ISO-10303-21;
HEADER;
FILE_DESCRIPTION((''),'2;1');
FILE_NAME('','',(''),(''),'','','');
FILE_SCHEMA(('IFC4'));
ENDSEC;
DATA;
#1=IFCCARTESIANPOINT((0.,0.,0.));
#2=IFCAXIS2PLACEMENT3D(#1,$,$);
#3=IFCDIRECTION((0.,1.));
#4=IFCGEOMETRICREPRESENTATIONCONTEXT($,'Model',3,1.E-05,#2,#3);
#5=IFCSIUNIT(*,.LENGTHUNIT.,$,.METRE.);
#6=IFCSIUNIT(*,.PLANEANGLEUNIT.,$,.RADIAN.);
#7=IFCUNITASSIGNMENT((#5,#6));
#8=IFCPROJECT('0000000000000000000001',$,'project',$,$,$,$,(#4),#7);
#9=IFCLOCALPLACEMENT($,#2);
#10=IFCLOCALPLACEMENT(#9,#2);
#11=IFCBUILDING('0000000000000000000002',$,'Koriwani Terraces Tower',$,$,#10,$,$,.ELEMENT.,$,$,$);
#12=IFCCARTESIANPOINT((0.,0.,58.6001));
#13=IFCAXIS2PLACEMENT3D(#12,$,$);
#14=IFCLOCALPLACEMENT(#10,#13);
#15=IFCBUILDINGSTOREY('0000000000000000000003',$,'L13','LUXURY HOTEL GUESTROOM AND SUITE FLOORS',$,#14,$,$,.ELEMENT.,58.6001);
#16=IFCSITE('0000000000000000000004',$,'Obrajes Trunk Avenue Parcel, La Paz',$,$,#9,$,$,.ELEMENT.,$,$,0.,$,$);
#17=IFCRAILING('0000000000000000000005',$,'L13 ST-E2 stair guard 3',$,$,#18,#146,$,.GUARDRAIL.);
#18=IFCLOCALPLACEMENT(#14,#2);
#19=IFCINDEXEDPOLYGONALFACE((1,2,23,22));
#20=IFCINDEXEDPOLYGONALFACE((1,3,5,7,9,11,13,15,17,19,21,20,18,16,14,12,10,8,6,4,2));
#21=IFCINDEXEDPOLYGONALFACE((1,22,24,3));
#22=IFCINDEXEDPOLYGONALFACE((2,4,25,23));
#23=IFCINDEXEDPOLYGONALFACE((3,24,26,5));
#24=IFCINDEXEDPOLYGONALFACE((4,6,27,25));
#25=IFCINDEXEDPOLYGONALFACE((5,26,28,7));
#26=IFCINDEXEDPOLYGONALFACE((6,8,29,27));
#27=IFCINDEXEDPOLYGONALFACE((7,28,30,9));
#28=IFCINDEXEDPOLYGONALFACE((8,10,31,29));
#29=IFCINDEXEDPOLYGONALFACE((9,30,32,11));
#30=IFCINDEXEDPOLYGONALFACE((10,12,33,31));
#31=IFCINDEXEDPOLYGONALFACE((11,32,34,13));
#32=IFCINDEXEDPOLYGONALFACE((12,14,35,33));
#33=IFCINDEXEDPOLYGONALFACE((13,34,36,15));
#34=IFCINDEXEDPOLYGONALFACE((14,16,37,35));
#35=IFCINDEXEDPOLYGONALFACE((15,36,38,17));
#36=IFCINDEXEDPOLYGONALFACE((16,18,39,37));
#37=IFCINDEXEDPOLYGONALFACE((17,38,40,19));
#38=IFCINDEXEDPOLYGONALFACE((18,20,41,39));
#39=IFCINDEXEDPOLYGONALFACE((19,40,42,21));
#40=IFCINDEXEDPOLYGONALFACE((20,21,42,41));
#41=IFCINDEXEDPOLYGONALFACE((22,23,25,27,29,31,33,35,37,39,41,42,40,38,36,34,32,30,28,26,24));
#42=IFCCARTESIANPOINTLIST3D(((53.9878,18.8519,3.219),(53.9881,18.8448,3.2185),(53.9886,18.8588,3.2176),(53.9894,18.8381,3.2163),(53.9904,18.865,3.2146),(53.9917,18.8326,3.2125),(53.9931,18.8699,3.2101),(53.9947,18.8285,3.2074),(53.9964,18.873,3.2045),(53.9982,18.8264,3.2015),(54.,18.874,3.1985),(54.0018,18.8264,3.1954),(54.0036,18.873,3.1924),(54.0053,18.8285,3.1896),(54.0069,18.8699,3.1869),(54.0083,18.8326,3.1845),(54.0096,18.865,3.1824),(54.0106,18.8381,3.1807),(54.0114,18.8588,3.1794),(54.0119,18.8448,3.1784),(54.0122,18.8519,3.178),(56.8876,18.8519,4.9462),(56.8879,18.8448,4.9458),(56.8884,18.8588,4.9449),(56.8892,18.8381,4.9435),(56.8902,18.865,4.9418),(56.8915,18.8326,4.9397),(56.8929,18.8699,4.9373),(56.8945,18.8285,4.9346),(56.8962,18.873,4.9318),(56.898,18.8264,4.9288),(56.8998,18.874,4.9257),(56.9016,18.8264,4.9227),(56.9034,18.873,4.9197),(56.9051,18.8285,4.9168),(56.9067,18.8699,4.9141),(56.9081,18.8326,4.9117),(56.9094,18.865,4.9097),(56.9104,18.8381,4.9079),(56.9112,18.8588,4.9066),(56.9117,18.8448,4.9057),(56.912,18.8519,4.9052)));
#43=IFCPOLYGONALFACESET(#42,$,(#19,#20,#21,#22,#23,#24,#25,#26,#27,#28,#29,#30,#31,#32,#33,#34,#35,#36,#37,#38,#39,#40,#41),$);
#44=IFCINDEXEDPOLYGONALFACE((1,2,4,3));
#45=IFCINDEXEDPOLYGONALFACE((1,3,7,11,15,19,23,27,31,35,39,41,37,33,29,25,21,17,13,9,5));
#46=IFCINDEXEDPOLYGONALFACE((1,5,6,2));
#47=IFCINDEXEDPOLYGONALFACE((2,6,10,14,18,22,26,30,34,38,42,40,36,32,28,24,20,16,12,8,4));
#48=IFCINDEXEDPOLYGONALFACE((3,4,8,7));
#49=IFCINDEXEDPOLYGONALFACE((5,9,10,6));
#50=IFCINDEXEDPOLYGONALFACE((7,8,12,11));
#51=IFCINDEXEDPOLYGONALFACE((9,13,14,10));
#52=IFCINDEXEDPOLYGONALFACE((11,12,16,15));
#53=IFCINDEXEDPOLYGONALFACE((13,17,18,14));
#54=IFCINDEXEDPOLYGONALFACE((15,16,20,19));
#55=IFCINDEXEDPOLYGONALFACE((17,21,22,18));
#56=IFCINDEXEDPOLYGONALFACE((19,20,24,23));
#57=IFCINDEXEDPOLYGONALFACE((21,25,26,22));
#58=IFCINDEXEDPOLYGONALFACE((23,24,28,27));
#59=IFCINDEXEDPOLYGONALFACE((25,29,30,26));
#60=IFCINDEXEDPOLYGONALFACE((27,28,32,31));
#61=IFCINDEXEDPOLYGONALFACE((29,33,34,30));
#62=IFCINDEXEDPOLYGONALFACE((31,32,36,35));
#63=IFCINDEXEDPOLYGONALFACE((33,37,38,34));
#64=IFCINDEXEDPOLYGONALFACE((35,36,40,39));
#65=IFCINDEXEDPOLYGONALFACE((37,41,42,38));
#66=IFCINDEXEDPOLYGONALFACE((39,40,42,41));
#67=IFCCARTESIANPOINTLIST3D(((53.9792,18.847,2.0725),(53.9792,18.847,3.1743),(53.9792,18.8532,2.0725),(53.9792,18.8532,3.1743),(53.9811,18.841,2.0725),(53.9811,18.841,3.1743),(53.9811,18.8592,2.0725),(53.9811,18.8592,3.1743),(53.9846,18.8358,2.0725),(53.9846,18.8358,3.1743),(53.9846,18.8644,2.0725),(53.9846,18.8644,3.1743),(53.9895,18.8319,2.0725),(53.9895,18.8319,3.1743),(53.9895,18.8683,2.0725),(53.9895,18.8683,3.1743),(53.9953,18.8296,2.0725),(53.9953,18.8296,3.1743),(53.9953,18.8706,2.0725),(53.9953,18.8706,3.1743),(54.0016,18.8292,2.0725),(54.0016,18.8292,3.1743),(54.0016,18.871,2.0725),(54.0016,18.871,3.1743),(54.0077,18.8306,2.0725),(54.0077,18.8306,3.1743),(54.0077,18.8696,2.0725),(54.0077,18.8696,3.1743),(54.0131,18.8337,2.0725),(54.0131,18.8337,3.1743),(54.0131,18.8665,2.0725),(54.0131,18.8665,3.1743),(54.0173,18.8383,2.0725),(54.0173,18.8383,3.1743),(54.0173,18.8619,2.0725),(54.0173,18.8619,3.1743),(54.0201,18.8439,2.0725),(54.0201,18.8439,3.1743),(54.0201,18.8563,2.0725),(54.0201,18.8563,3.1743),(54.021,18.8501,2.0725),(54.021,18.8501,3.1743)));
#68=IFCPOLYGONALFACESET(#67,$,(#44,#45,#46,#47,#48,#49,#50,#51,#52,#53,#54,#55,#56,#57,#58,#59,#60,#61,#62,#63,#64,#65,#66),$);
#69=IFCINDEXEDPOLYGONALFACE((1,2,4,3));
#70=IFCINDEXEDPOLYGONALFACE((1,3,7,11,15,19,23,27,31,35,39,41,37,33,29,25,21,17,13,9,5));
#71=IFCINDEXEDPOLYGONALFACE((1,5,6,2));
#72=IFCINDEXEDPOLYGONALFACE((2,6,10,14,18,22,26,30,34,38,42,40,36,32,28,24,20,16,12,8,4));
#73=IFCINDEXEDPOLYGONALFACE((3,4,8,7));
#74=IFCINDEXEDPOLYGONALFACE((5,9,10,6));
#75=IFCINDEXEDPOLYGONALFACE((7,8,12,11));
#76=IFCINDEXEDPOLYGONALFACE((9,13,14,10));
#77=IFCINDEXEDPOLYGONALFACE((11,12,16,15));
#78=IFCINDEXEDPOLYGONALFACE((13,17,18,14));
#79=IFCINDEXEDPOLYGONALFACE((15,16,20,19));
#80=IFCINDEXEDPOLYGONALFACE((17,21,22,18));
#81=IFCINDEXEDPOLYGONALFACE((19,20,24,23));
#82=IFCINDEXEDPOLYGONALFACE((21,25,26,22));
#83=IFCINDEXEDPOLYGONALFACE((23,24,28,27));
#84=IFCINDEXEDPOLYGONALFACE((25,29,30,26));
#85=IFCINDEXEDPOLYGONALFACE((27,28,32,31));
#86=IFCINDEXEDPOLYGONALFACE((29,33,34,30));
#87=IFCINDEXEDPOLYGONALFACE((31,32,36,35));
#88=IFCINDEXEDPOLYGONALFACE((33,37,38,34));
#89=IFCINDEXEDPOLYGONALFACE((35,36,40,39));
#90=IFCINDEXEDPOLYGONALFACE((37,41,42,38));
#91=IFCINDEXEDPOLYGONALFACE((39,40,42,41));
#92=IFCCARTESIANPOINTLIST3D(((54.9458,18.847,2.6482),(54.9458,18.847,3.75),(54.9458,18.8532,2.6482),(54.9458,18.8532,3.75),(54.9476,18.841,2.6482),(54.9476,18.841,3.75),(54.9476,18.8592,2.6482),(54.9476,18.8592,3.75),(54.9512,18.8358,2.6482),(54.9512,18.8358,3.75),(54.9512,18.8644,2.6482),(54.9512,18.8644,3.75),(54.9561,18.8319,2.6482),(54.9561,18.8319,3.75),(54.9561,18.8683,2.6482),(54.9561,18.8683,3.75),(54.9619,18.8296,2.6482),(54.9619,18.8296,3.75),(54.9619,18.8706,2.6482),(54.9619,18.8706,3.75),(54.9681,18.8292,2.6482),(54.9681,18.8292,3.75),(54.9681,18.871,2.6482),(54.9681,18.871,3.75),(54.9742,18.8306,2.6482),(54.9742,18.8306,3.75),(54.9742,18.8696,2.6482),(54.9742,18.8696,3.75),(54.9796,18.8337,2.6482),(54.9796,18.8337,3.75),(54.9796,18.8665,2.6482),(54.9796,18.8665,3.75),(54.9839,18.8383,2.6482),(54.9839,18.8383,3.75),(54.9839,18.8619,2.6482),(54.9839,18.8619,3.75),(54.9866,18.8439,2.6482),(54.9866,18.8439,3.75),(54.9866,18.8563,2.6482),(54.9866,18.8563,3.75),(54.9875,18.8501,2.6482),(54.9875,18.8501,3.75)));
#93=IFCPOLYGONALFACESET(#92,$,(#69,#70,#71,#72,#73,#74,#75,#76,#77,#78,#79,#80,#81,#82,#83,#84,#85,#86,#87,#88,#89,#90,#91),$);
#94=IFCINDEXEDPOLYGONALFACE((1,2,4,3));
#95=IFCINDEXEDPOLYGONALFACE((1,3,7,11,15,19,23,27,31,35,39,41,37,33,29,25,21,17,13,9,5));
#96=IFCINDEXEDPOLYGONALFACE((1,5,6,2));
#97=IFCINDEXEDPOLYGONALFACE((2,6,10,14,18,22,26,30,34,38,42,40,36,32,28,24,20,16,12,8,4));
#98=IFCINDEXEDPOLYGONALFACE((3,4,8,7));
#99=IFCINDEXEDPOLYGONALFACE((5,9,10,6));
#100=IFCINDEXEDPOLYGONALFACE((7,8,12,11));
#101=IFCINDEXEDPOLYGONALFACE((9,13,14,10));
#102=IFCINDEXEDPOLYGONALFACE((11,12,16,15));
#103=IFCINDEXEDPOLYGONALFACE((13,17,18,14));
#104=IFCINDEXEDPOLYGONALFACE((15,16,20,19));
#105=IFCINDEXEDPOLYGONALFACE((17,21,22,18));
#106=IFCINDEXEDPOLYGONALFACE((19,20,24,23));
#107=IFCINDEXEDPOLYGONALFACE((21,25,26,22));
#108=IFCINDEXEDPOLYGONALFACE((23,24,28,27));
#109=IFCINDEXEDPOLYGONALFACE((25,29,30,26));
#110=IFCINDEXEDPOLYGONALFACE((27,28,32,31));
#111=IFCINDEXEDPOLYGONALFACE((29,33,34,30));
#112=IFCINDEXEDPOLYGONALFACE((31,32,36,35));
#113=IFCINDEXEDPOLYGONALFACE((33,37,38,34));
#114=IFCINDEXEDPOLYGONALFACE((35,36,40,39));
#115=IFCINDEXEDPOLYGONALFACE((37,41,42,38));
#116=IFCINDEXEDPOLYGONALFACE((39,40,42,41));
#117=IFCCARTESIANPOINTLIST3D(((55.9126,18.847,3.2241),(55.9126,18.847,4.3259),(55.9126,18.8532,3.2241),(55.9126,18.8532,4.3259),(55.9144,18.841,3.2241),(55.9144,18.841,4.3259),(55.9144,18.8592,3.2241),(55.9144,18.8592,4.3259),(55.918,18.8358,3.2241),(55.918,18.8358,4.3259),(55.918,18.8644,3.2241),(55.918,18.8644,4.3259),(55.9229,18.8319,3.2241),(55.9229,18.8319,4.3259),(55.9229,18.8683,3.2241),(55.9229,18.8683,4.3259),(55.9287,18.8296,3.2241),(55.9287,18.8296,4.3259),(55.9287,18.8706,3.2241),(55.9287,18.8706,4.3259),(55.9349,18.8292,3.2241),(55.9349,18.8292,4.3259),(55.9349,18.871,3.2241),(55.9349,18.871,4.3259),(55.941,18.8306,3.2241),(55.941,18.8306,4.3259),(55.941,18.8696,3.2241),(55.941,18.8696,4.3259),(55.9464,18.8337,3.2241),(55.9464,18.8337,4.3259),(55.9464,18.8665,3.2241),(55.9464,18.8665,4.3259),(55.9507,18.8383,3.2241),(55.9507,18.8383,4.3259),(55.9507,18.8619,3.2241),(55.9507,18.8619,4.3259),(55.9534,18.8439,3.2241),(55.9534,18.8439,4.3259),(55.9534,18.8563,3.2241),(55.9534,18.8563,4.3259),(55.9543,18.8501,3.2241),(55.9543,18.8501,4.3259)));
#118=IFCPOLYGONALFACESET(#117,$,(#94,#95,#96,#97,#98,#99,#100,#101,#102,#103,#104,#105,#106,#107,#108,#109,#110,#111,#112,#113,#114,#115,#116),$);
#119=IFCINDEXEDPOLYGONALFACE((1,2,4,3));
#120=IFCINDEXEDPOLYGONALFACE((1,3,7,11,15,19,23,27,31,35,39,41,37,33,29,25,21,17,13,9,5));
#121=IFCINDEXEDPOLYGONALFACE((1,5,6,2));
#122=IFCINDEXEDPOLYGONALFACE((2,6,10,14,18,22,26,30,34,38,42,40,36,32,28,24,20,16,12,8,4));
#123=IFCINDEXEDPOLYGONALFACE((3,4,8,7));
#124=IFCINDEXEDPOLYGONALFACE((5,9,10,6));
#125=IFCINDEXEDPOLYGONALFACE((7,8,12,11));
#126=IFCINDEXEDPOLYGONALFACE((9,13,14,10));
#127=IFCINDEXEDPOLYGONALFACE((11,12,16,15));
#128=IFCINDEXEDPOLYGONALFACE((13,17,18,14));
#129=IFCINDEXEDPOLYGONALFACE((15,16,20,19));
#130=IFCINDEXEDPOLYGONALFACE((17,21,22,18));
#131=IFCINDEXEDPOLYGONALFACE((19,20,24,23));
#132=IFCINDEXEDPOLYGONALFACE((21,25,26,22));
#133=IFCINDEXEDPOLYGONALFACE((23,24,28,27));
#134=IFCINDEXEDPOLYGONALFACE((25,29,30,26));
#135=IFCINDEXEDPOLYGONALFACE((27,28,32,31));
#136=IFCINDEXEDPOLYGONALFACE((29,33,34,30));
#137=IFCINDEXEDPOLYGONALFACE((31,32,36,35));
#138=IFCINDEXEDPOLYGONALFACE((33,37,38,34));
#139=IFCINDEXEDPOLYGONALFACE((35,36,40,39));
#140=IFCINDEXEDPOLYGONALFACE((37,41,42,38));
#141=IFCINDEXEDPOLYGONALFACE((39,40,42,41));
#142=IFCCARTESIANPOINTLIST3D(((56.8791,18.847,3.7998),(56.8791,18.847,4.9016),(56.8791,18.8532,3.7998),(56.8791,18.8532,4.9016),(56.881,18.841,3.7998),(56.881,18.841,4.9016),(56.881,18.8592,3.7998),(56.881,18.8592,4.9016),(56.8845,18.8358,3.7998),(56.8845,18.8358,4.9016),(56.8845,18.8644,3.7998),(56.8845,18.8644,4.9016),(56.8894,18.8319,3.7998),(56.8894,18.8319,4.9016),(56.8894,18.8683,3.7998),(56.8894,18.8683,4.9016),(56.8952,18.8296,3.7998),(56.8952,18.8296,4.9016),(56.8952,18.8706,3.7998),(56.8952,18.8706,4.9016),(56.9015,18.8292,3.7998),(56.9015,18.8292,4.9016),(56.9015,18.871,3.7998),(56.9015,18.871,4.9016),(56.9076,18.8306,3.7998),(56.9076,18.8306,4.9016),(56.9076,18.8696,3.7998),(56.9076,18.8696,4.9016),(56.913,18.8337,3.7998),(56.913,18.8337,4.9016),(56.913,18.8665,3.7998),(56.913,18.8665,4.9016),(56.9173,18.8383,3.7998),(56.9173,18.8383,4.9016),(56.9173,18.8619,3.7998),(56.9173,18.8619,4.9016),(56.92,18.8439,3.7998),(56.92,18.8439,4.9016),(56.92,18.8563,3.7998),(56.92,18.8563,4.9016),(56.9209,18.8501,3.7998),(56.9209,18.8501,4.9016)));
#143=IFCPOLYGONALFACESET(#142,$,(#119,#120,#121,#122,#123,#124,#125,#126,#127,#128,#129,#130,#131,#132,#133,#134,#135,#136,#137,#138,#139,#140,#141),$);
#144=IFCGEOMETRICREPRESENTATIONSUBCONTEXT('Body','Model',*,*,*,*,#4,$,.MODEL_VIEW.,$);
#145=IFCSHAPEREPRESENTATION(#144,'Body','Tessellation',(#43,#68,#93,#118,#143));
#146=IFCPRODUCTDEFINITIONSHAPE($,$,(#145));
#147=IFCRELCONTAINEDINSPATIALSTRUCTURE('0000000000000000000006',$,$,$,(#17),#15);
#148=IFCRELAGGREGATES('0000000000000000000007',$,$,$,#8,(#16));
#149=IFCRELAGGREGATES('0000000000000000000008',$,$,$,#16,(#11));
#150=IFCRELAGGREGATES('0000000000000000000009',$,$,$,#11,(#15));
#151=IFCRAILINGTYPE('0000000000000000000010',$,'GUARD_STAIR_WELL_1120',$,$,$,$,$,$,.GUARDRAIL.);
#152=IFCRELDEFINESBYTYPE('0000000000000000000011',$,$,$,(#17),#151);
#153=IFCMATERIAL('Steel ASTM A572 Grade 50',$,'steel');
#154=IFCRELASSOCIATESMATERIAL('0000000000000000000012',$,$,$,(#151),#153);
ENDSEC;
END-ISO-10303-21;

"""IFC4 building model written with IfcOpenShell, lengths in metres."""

from ifc_helpers import new_model, si_unit, direction, frame, origin, origin_2d, place, context, subcontext, project, spatial, circle, extrude, material, type_object, element, save


model = new_model("IFC4")

# Units and contexts
model_context = context("Model", 3, precision=1e-05, world=origin(), true_north=direction((0.0, 1.0)))
body_context = subcontext(model_context, "Body", "Model", "MODEL_VIEW")
ifc_project = project(units=[si_unit("LENGTHUNIT", "METRE"), si_unit("PLANEANGLEUNIT", "RADIAN")], contexts=[model_context])

# Site, building, storey
site_placement = place(None, origin())
site = spatial("IfcSite", under=ifc_project, at=site_placement, Name="Obrajes Trunk Avenue Parcel, La Paz", CompositionType="ELEMENT", RefElevation=0.0)
building_placement = place(site_placement, origin())
building = spatial("IfcBuilding", under=site, at=building_placement, Name="Koriwani Terraces Tower", CompositionType="ELEMENT")
storey_placement = place(building_placement, frame((0.0, 0.0, 58.6001)))
storey = spatial("IfcBuildingStorey", under=building, at=storey_placement, Name="L13", Description="LUXURY HOTEL GUESTROOM AND SUITE FLOORS", CompositionType="ELEMENT", Elevation=58.6001)

# Shared definitions
ifc_material_1 = material(Name="Steel ASTM A572 Grade 50", Category="steel")

# Railing
railing_type_1 = type_object("IfcRailingType", Name="GUARD_STAIR_WELL_1120", PredefinedType="GUARDRAIL", material=ifc_material_1)
railing_1_placement = place(storey_placement, frame((54.0, 18.8501, 2.0725)))
element("IfcRailing", 1, at=railing_1_placement, inside=storey, type_object=railing_type_1, Name="L13 ST-E2 stair guard 3", PredefinedType="GUARDRAIL", context=body_context, shape_type="SweptSolid", body=[
    extrude(circle(Radius=0.0239, at=origin_2d()), frame((0.0, 0.0, 1.126), z_axis=(0.859141, 0.0, 0.511738), x_axis=(0.0, 1.0, 0.0)), (0.0, 0.0, 1.0), 3.3752),
    extrude(circle(Radius=0.021, at=origin_2d()), origin(), (0.0, 0.0, 1.0), 1.1018),
    extrude(circle(Radius=0.021, at=origin_2d()), frame((0.9666, 0.0, 0.5757)), (0.0, 0.0, 1.0), 1.1018),
    extrude(circle(Radius=0.021, at=origin_2d()), frame((1.9333, 0.0, 1.1516)), (0.0, 0.0, 1.0), 1.1018),
    extrude(circle(Radius=0.021, at=origin_2d()), frame((2.8999, 0.0, 1.7273)), (0.0, 0.0, 1.0), 1.1018),
])

save(model, "model.ifc")
